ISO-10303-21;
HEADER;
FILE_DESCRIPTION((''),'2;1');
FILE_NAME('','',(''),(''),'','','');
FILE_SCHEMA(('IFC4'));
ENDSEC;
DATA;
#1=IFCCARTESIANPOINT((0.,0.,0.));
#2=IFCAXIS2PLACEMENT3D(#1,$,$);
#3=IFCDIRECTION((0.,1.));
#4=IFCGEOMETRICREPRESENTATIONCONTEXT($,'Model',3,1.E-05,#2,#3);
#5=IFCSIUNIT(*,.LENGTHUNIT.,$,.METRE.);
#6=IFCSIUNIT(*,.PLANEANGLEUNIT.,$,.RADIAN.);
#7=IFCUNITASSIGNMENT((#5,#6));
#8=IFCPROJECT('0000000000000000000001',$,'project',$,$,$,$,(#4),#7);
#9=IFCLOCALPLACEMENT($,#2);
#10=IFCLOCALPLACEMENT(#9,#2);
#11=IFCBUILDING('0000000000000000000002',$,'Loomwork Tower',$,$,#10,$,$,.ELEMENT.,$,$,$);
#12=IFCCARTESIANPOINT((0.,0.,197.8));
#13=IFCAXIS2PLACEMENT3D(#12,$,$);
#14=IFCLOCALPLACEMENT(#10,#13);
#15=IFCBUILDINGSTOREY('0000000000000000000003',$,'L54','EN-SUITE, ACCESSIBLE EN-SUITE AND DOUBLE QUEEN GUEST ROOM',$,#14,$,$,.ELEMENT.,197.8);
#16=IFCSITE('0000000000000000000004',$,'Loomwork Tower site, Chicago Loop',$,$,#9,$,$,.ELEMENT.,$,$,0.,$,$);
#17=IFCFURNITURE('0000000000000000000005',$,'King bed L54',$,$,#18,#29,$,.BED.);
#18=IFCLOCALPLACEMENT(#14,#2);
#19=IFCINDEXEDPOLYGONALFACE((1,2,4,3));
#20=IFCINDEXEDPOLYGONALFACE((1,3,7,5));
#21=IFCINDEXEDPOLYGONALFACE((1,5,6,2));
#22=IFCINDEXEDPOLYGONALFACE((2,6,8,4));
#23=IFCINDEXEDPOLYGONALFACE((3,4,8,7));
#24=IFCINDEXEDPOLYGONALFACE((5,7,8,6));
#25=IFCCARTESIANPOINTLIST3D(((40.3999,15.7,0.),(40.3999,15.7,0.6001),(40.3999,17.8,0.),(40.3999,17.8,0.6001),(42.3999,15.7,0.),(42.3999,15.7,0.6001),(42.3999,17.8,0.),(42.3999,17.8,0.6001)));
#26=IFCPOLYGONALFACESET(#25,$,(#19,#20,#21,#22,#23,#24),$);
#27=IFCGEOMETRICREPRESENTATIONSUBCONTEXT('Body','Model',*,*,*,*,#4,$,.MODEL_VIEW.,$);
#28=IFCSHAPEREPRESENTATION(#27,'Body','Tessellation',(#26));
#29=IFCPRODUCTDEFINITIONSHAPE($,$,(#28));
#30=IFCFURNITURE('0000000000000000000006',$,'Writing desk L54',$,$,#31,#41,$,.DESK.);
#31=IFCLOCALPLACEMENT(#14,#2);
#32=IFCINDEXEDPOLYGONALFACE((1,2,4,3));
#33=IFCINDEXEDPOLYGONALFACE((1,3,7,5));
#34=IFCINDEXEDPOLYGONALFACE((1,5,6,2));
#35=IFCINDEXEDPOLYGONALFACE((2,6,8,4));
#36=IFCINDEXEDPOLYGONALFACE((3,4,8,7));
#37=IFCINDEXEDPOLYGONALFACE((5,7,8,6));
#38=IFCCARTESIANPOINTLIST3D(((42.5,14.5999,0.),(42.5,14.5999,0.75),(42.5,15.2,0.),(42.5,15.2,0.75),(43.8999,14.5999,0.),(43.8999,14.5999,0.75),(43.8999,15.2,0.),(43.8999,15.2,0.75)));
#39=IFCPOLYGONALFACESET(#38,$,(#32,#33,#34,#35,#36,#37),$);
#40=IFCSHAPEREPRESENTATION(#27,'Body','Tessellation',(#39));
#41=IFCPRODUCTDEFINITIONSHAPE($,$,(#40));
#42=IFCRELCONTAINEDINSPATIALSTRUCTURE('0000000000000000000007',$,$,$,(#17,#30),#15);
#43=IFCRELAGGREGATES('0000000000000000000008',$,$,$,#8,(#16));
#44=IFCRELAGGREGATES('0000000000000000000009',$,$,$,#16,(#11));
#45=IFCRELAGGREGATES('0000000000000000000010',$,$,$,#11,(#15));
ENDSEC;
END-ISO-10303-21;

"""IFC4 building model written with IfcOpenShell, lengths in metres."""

from ifc_helpers import new_model, si_unit, direction, frame, origin, origin_2d, place, context, subcontext, project, spatial, rectangle, extrude, element, save


model = new_model("IFC4")

# Units and contexts
model_context = context("Model", 3, precision=1e-05, world=origin(), true_north=direction((0.0, 1.0)))
body_context = subcontext(model_context, "Body", "Model", "MODEL_VIEW")
ifc_project = project(units=[si_unit("LENGTHUNIT", "METRE"), si_unit("PLANEANGLEUNIT", "RADIAN")], contexts=[model_context])

# Site, building, storey
site_placement = place(None, origin())
site = spatial("IfcSite", under=ifc_project, at=site_placement, Name="Loomwork Tower site, Chicago Loop", CompositionType="ELEMENT", RefElevation=0.0)
building_placement = place(site_placement, origin())
building = spatial("IfcBuilding", under=site, at=building_placement, Name="Loomwork Tower", CompositionType="ELEMENT")
storey_placement = place(building_placement, frame((0.0, 0.0, 197.8)))
storey = spatial("IfcBuildingStorey", under=building, at=storey_placement, Name="L54", Description="EN-SUITE, ACCESSIBLE EN-SUITE AND DOUBLE QUEEN GUEST ROOM", CompositionType="ELEMENT", Elevation=197.8)

# Furniture
furniture_1_placement = place(storey_placement, frame((41.3999, 16.75, 0.0), z_axis=(0.0, 0.0, 1.0), x_axis=(1.0, 0.0, 0.0)))
element("IfcFurniture", 1, at=furniture_1_placement, inside=storey, Name="King bed L54", PredefinedType="BED", context=body_context, shape_type="SweptSolid", body=[
    extrude(rectangle(XDim=2.0, YDim=2.1001, at=origin_2d()), origin(), (0.0, 0.0, 1.0), 0.6001),
])
furniture_2_placement = place(storey_placement, frame((43.2, 14.8999, 0.0), z_axis=(0.0, 0.0, 1.0), x_axis=(1.0, 0.0, 0.0)))
element("IfcFurniture", 2, at=furniture_2_placement, inside=storey, Name="Writing desk L54", PredefinedType="DESK", context=body_context, shape_type="SweptSolid", body=[
    extrude(rectangle(XDim=1.3999, YDim=0.6001, at=origin_2d()), origin(), (0.0, 0.0, 1.0), 0.75),
])

save(model, "model.ifc")
